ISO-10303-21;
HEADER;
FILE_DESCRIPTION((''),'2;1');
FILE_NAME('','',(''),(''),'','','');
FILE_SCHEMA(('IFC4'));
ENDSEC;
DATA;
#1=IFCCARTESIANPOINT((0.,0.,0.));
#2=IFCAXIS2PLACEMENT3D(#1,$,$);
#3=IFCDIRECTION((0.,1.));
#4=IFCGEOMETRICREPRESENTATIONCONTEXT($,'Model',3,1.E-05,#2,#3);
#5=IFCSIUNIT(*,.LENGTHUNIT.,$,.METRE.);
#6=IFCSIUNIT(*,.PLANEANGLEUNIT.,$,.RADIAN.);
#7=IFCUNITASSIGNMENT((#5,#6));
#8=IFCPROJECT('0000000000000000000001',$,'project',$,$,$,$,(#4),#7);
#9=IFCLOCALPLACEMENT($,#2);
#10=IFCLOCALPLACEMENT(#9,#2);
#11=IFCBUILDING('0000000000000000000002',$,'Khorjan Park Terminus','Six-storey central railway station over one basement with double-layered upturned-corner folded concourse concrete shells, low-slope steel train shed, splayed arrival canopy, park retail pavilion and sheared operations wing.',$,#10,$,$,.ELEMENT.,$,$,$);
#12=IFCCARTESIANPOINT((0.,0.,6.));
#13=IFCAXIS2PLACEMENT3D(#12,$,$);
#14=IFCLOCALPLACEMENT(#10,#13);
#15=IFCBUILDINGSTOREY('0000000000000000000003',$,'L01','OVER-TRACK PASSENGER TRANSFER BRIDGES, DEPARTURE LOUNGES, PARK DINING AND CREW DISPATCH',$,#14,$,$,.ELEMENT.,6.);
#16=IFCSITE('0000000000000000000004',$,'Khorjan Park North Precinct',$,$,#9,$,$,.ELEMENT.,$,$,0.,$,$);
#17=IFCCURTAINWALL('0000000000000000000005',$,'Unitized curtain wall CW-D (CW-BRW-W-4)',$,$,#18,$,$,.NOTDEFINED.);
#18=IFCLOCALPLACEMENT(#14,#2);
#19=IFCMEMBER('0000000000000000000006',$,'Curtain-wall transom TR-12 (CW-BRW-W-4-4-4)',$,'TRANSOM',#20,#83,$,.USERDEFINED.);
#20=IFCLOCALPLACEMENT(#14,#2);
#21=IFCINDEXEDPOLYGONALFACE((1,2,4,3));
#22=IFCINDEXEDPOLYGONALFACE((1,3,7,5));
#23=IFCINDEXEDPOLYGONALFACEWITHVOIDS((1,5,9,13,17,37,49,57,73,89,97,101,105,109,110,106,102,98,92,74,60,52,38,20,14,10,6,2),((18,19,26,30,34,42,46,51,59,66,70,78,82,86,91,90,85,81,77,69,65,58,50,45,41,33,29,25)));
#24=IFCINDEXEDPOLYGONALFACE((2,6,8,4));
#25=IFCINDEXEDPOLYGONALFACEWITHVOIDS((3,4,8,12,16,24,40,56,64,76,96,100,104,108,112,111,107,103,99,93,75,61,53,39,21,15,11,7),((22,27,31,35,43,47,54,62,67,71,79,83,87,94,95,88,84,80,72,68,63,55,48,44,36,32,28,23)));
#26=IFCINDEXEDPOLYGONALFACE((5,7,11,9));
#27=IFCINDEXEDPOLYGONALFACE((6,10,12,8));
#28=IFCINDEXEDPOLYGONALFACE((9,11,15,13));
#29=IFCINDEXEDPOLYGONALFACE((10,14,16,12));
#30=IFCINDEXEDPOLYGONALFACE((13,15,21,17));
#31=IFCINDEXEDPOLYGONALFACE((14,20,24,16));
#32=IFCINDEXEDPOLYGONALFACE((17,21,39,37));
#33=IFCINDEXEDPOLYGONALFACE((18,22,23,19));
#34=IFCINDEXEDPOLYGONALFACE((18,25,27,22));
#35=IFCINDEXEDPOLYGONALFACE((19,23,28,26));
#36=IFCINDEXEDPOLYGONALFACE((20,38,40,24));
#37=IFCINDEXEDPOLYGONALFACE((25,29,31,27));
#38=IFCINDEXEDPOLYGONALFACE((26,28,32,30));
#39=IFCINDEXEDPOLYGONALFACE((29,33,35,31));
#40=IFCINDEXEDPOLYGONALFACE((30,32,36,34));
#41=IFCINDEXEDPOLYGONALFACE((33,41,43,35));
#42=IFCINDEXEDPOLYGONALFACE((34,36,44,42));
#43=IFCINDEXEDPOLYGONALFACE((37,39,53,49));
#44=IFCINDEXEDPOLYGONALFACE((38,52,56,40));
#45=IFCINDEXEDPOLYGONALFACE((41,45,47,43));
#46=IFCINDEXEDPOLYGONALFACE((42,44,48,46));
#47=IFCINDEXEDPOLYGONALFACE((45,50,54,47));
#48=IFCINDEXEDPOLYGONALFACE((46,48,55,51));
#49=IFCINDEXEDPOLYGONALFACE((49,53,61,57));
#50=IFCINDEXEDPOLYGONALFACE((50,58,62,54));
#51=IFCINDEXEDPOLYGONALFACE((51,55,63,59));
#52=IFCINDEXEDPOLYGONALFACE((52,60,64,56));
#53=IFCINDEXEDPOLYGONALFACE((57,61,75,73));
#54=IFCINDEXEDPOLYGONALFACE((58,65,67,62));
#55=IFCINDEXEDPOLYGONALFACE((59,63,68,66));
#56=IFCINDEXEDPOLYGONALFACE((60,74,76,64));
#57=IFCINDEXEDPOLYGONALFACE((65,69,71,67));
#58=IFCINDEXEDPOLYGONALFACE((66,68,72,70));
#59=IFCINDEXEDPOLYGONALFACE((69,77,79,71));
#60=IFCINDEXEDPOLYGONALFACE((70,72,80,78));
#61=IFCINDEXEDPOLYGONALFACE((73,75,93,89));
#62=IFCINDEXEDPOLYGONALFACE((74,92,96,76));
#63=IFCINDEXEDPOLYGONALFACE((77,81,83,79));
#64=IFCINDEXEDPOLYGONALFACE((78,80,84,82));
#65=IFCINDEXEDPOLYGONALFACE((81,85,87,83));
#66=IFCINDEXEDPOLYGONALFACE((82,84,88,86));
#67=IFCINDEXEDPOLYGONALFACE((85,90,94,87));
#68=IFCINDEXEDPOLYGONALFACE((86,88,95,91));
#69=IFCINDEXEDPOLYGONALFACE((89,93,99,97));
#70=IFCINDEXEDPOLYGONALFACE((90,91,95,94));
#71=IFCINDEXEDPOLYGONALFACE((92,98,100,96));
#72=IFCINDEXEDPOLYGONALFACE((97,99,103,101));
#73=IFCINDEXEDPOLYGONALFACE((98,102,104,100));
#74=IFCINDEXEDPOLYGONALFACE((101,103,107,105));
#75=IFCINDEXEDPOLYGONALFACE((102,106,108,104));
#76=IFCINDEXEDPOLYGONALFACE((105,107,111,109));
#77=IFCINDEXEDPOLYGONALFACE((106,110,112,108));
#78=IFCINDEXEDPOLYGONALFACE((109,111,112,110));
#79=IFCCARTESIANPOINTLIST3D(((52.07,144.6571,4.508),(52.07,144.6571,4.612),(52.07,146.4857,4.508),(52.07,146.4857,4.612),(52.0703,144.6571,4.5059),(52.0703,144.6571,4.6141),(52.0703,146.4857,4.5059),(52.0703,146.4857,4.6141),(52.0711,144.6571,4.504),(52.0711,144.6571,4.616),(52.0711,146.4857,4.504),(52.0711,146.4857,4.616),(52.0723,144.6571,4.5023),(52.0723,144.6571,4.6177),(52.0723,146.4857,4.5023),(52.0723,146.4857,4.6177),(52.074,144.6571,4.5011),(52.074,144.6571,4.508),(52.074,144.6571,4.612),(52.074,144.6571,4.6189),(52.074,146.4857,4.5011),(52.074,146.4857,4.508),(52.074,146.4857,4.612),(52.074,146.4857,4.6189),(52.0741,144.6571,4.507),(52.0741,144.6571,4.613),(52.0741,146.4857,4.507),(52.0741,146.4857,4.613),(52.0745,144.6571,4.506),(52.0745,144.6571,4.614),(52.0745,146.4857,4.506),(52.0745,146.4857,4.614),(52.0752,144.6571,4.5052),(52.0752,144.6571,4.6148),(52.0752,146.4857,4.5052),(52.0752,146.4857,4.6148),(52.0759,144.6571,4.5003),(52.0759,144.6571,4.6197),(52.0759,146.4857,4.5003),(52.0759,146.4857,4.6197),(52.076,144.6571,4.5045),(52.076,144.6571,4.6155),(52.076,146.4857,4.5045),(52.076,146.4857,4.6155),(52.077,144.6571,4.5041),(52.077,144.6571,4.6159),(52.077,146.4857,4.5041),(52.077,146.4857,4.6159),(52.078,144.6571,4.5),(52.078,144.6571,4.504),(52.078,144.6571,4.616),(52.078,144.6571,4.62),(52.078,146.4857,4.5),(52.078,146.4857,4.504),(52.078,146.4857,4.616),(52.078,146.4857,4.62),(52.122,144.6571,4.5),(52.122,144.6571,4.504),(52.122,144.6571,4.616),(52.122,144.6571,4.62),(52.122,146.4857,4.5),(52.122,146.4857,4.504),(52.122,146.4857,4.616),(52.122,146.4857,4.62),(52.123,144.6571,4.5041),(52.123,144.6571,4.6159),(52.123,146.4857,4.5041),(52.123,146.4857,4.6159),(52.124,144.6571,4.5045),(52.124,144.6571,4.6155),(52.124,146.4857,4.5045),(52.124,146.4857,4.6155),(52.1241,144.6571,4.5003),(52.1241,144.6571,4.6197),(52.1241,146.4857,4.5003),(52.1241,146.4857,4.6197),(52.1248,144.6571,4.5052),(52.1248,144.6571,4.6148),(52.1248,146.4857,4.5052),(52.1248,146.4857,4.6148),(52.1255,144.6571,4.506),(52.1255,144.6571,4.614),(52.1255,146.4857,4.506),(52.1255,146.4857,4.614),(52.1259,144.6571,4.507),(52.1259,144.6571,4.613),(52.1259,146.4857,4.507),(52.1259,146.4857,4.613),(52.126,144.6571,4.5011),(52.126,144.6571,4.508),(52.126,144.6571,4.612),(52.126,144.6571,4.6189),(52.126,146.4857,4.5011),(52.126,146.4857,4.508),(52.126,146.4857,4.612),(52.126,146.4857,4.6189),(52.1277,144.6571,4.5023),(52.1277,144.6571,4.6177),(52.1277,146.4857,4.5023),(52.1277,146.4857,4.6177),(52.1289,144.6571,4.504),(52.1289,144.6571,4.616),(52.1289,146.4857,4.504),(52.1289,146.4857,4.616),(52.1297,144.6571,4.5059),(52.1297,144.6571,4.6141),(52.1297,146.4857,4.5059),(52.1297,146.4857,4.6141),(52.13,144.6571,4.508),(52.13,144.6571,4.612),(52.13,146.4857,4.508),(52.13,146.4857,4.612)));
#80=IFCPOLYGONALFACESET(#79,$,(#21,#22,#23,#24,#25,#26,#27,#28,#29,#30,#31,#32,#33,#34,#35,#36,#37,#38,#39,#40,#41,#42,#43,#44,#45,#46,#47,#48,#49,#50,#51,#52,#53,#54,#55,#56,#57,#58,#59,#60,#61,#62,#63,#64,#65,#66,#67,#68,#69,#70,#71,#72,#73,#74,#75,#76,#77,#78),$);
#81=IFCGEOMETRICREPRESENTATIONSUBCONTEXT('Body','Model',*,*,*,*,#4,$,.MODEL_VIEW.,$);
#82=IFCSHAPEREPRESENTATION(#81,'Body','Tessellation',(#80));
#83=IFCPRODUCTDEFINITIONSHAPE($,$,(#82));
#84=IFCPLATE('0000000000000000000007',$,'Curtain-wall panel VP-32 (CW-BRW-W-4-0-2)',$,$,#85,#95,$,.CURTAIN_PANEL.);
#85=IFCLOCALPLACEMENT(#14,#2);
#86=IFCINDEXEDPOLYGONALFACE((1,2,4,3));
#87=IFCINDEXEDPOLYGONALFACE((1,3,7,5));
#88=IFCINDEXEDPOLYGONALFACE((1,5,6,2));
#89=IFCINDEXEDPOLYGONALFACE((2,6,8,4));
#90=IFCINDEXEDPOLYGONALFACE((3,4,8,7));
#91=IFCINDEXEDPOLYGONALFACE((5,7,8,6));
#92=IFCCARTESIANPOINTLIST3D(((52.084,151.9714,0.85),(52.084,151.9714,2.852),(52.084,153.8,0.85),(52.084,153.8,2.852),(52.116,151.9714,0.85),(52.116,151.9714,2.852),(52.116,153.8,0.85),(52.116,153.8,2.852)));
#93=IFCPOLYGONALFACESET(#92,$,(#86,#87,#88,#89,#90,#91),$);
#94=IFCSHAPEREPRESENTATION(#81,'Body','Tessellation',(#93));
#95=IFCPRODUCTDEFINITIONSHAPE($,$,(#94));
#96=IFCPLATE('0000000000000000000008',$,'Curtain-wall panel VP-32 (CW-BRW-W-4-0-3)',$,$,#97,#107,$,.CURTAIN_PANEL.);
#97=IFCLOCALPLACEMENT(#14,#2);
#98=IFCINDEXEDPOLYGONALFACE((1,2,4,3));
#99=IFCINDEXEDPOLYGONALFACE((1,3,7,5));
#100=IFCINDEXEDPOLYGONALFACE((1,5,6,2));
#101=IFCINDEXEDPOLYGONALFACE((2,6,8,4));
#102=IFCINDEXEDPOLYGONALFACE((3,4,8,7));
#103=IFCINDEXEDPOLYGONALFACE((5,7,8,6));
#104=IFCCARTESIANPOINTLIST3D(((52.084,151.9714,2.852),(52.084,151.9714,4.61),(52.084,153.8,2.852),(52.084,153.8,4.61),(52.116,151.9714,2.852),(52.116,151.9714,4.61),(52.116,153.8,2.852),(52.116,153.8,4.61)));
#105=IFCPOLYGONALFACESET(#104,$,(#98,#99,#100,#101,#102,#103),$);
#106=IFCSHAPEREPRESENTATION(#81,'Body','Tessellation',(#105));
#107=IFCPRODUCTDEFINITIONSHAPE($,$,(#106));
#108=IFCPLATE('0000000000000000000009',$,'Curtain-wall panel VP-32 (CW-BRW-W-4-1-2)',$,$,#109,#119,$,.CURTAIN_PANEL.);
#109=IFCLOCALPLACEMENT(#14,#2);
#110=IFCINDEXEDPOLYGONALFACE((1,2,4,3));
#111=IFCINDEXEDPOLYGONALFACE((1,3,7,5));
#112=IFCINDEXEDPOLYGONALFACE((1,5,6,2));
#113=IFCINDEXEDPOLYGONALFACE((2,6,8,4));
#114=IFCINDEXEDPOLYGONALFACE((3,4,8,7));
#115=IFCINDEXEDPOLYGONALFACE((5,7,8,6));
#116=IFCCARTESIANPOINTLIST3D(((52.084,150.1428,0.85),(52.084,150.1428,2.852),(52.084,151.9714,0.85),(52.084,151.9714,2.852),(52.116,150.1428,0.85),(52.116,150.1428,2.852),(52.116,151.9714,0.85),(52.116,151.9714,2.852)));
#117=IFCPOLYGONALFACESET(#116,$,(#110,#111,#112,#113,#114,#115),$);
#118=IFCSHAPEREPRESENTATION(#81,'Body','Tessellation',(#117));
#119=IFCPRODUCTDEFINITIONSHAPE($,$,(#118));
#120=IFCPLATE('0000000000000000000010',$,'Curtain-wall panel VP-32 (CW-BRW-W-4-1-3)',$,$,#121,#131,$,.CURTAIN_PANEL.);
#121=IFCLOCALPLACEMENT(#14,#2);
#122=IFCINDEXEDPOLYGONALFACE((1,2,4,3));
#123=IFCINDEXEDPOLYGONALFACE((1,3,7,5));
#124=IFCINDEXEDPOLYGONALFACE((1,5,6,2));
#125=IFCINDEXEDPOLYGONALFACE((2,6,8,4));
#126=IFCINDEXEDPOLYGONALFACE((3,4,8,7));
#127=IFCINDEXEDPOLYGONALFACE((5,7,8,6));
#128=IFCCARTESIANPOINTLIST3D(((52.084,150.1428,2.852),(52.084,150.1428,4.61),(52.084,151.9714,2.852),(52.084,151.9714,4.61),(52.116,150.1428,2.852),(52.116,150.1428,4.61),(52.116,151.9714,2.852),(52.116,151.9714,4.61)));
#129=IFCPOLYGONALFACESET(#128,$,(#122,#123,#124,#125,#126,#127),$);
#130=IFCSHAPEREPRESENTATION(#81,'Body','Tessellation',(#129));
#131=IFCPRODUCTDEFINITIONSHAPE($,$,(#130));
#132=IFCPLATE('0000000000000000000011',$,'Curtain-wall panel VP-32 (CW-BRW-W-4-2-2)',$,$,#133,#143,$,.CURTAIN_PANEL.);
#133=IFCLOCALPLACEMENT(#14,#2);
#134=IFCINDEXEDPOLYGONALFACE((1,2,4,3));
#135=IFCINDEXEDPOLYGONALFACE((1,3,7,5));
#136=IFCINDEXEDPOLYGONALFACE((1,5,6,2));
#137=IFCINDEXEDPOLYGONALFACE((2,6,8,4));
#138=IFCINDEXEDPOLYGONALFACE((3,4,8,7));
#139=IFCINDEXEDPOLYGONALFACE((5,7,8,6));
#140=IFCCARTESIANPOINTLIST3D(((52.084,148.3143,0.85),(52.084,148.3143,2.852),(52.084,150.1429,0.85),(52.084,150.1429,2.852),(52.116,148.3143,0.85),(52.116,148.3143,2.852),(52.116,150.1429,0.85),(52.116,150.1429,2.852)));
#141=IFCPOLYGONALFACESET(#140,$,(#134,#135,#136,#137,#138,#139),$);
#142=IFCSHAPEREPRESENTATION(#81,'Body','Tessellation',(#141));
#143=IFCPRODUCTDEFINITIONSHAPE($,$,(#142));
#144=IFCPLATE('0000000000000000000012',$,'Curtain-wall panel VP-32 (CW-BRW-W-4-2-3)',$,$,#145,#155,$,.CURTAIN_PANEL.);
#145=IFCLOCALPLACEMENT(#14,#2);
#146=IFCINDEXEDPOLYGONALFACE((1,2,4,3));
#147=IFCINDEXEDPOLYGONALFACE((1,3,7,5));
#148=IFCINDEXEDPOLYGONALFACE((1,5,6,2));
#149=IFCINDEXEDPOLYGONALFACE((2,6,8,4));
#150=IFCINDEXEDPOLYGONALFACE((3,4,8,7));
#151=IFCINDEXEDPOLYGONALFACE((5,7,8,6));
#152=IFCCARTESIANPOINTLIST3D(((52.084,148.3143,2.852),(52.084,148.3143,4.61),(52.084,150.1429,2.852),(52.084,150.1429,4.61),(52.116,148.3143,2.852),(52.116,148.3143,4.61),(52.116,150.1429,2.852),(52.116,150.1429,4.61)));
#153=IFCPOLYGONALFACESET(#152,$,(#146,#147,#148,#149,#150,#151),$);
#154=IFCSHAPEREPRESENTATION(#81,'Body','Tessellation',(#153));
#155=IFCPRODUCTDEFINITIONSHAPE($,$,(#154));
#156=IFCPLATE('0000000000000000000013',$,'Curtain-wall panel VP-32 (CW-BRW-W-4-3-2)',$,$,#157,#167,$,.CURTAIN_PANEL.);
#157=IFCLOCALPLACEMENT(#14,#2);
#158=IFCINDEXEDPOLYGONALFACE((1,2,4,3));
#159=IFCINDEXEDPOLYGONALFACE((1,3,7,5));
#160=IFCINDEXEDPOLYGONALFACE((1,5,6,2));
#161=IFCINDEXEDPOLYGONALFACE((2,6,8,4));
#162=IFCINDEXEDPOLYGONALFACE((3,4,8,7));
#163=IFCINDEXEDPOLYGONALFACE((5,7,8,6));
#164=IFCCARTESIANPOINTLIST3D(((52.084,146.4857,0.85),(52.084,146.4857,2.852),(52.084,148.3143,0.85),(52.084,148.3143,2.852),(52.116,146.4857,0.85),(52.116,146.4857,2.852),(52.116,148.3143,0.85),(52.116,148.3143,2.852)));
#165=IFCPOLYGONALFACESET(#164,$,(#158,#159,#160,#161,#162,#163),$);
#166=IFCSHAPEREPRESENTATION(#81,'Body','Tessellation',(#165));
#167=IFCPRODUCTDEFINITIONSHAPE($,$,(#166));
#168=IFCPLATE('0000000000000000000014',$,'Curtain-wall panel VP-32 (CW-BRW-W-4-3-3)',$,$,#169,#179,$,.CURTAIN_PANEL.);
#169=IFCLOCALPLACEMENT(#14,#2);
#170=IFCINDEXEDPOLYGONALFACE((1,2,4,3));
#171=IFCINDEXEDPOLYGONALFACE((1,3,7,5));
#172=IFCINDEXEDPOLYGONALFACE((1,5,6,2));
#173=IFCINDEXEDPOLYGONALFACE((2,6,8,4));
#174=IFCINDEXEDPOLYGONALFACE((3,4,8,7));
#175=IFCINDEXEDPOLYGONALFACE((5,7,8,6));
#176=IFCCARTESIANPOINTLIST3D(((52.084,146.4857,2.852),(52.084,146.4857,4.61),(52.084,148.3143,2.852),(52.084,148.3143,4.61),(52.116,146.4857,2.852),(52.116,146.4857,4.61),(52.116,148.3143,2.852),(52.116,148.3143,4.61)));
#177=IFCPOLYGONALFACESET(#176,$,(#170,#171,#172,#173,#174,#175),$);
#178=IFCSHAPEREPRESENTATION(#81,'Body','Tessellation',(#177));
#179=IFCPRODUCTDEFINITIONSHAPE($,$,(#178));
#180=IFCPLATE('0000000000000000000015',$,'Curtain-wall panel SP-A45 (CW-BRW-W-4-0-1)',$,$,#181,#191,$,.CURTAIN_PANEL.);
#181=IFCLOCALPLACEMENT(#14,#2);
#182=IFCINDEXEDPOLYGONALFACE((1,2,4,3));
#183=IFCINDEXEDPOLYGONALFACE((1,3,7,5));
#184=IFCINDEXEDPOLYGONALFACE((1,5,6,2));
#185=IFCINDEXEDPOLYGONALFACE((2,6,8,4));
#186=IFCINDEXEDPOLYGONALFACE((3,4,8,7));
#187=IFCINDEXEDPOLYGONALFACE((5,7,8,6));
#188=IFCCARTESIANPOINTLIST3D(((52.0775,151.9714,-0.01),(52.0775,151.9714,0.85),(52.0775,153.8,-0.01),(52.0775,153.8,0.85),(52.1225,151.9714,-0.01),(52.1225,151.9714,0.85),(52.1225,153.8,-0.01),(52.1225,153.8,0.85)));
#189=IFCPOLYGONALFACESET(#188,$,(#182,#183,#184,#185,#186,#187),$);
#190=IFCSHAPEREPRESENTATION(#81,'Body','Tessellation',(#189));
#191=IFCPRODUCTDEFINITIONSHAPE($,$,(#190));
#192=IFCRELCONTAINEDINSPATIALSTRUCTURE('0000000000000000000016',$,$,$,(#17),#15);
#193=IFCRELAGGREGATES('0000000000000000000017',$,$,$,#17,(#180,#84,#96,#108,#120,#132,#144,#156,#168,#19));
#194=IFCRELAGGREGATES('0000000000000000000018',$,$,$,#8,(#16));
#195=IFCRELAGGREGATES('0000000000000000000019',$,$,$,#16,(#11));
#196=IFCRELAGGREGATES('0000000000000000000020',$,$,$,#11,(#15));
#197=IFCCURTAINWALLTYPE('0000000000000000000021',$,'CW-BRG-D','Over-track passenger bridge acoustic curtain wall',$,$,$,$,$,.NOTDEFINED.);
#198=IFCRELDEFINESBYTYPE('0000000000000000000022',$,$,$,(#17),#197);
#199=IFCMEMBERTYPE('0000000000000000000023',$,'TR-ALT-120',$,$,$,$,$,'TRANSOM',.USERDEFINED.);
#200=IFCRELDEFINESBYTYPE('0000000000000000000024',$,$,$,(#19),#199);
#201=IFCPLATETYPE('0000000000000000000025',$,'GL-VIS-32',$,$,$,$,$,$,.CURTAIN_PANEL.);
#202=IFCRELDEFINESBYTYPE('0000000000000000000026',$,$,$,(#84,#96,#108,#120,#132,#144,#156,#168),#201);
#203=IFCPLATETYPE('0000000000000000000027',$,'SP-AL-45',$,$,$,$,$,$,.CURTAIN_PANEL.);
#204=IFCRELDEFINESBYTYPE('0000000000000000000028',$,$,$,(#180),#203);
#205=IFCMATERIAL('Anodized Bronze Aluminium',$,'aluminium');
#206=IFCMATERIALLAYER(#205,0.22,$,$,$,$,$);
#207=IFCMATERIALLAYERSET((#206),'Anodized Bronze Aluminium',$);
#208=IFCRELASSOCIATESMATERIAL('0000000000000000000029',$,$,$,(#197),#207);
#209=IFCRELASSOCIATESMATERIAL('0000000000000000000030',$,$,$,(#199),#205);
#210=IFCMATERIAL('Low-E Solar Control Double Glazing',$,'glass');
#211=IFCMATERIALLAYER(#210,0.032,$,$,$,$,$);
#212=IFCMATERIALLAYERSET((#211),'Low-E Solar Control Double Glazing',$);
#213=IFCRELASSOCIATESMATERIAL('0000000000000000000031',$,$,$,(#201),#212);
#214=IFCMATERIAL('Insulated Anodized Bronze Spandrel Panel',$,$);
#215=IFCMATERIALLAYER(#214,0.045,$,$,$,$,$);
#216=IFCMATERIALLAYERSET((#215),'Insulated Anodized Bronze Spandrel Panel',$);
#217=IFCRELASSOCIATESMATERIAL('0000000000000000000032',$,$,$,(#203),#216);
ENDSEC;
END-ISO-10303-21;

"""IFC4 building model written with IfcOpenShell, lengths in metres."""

from ifc_helpers import new_model, si_unit, direction, frame, origin, origin_2d, place, context, subcontext, project, spatial, rectangle, hollow_rectangle, extrude, material, layer, layer_set, material_profile, profile_set, type_object, element, aggregate, save


model = new_model("IFC4")

# Units and contexts
model_context = context("Model", 3, precision=1e-05, world=origin(), true_north=direction((0.0, 1.0)))
body_context = subcontext(model_context, "Body", "Model", "MODEL_VIEW")
ifc_project = project(units=[si_unit("LENGTHUNIT", "METRE"), si_unit("PLANEANGLEUNIT", "RADIAN")], contexts=[model_context])

# Site, building, storey
site_placement = place(None, origin())
site = spatial("IfcSite", under=ifc_project, at=site_placement, Name="Khorjan Park North Precinct", CompositionType="ELEMENT", RefElevation=0.0)
building_placement = place(site_placement, origin())
building = spatial("IfcBuilding", under=site, at=building_placement, Name="Khorjan Park Terminus", Description="Six-storey central railway station over one basement with double-layered upturned-corner folded concourse concrete shells, low-slope steel train shed, splayed arrival canopy, park retail pavilion and sheared operations wing.", CompositionType="ELEMENT")
storey_placement = place(building_placement, frame((0.0, 0.0, 6.0)))
storey = spatial("IfcBuildingStorey", under=building, at=storey_placement, Name="L01", Description="OVER-TRACK PASSENGER TRANSFER BRIDGES, DEPARTURE LOUNGES, PARK DINING AND CREW DISPATCH", CompositionType="ELEMENT", Elevation=6.0)

# Curtain wall, member, plates
ifc_material_1 = material(Name="Anodized Bronze Aluminium", Category="aluminium")
ifc_layer_1 = layer(ifc_material_1, 0.22)
ifc_layer_set_1 = layer_set([ifc_layer_1], Name="Anodized Bronze Aluminium")
curtain_wall_type = type_object("IfcCurtainWallType", Name="CW-BRG-D", Description="Over-track passenger bridge acoustic curtain wall", PredefinedType="NOTDEFINED", material=ifc_layer_set_1)
curtain_wall_placement = place(storey_placement, origin())
curtain_wall = element("IfcCurtainWall", 1, at=curtain_wall_placement, inside=storey, type_object=curtain_wall_type, Name="Unitized curtain wall CW-D (CW-BRW-W-4)", PredefinedType="NOTDEFINED")
ifc_material_profile_1 = material_profile(ifc_material_1, hollow_rectangle(XDim=0.06, YDim=0.12, WallThickness=0.004, InnerFilletRadius=0.004, OuterFilletRadius=0.008, at=origin_2d()), Name="ALT 60x120x4")
ifc_profile_set_1 = profile_set([ifc_material_profile_1], Name="Anodized Bronze Aluminium")
member_type_1 = type_object("IfcMemberType", Name="TR-ALT-120", ElementType="TRANSOM", PredefinedType="USERDEFINED", material=ifc_profile_set_1)
member_1_placement = place(storey_placement, frame((52.1, 146.4857, 4.56), z_axis=(0.0, -1.0, 0.0), x_axis=(1.0, 0.0, 0.0)))
member_1 = element("IfcMember", 2, at=member_1_placement, type_object=member_type_1, Name="Curtain-wall transom TR-12 (CW-BRW-W-4-4-4)", ObjectType="TRANSOM", PredefinedType="USERDEFINED", context=body_context, shape_type="SweptSolid", body=[
    extrude(hollow_rectangle(XDim=0.06, YDim=0.12, WallThickness=0.004, InnerFilletRadius=0.004, OuterFilletRadius=0.008, at=origin_2d()), origin(), (0.0, 0.0, 1.0), 1.8286),
])
ifc_material_2 = material(Name="Low-E Solar Control Double Glazing", Category="glass")
ifc_layer_2 = layer(ifc_material_2, 0.032)
ifc_layer_set_2 = layer_set([ifc_layer_2], Name="Low-E Solar Control Double Glazing")
plate_type_1 = type_object("IfcPlateType", Name="GL-VIS-32", PredefinedType="CURTAIN_PANEL", material=ifc_layer_set_2)
plate_1_placement = place(storey_placement, frame((52.1, 152.8857, 0.85), z_axis=(0.0, 0.0, 1.0), x_axis=(0.0, -1.0, 0.0)))
plate_1 = element("IfcPlate", 3, at=plate_1_placement, type_object=plate_type_1, Name="Curtain-wall panel VP-32 (CW-BRW-W-4-0-2)", PredefinedType="CURTAIN_PANEL", context=body_context, shape_type="SweptSolid", body=[
    extrude(rectangle(XDim=1.8286, YDim=0.032, at=origin_2d()), origin(), (0.0, 0.0, 1.0), 2.002),
])
plate_2_placement = place(storey_placement, frame((52.1, 152.8857, 2.852), z_axis=(0.0, 0.0, 1.0), x_axis=(0.0, -1.0, 0.0)))
plate_2 = element("IfcPlate", 4, at=plate_2_placement, type_object=plate_type_1, Name="Curtain-wall panel VP-32 (CW-BRW-W-4-0-3)", PredefinedType="CURTAIN_PANEL", context=body_context, shape_type="SweptSolid", body=[
    extrude(rectangle(XDim=1.8286, YDim=0.032, at=origin_2d()), origin(), (0.0, 0.0, 1.0), 1.758),
])
plate_3_placement = place(storey_placement, frame((52.1, 151.0571, 0.85), z_axis=(0.0, 0.0, 1.0), x_axis=(0.0, -1.0, 0.0)))
plate_3 = element("IfcPlate", 5, at=plate_3_placement, type_object=plate_type_1, Name="Curtain-wall panel VP-32 (CW-BRW-W-4-1-2)", PredefinedType="CURTAIN_PANEL", context=body_context, shape_type="SweptSolid", body=[
    extrude(rectangle(XDim=1.8286, YDim=0.032, at=origin_2d()), origin(), (0.0, 0.0, 1.0), 2.002),
])
plate_4_placement = place(storey_placement, frame((52.1, 151.0571, 2.852), z_axis=(0.0, 0.0, 1.0), x_axis=(0.0, -1.0, 0.0)))
plate_4 = element("IfcPlate", 6, at=plate_4_placement, type_object=plate_type_1, Name="Curtain-wall panel VP-32 (CW-BRW-W-4-1-3)", PredefinedType="CURTAIN_PANEL", context=body_context, shape_type="SweptSolid", body=[
    extrude(rectangle(XDim=1.8286, YDim=0.032, at=origin_2d()), origin(), (0.0, 0.0, 1.0), 1.758),
])
plate_5_placement = place(storey_placement, frame((52.1, 149.2286, 0.85), z_axis=(0.0, 0.0, 1.0), x_axis=(0.0, -1.0, 0.0)))
plate_5 = element("IfcPlate", 7, at=plate_5_placement, type_object=plate_type_1, Name="Curtain-wall panel VP-32 (CW-BRW-W-4-2-2)", PredefinedType="CURTAIN_PANEL", context=body_context, shape_type="SweptSolid", body=[
    extrude(rectangle(XDim=1.8286, YDim=0.032, at=origin_2d()), origin(), (0.0, 0.0, 1.0), 2.002),
])
plate_6_placement = place(storey_placement, frame((52.1, 149.2286, 2.852), z_axis=(0.0, 0.0, 1.0), x_axis=(0.0, -1.0, 0.0)))
plate_6 = element("IfcPlate", 8, at=plate_6_placement, type_object=plate_type_1, Name="Curtain-wall panel VP-32 (CW-BRW-W-4-2-3)", PredefinedType="CURTAIN_PANEL", context=body_context, shape_type="SweptSolid", body=[
    extrude(rectangle(XDim=1.8286, YDim=0.032, at=origin_2d()), origin(), (0.0, 0.0, 1.0), 1.758),
])
plate_7_placement = place(storey_placement, frame((52.1, 147.4, 0.85), z_axis=(0.0, 0.0, 1.0), x_axis=(0.0, -1.0, 0.0)))
plate_7 = element("IfcPlate", 9, at=plate_7_placement, type_object=plate_type_1, Name="Curtain-wall panel VP-32 (CW-BRW-W-4-3-2)", PredefinedType="CURTAIN_PANEL", context=body_context, shape_type="SweptSolid", body=[
    extrude(rectangle(XDim=1.8286, YDim=0.032, at=origin_2d()), origin(), (0.0, 0.0, 1.0), 2.002),
])
plate_8_placement = place(storey_placement, frame((52.1, 147.4, 2.852), z_axis=(0.0, 0.0, 1.0), x_axis=(0.0, -1.0, 0.0)))
plate_8 = element("IfcPlate", 10, at=plate_8_placement, type_object=plate_type_1, Name="Curtain-wall panel VP-32 (CW-BRW-W-4-3-3)", PredefinedType="CURTAIN_PANEL", context=body_context, shape_type="SweptSolid", body=[
    extrude(rectangle(XDim=1.8286, YDim=0.032, at=origin_2d()), origin(), (0.0, 0.0, 1.0), 1.758),
])
ifc_material_3 = material(Name="Insulated Anodized Bronze Spandrel Panel")
ifc_layer_3 = layer(ifc_material_3, 0.045)
ifc_layer_set_3 = layer_set([ifc_layer_3], Name="Insulated Anodized Bronze Spandrel Panel")
plate_type_2 = type_object("IfcPlateType", Name="SP-AL-45", PredefinedType="CURTAIN_PANEL", material=ifc_layer_set_3)
plate_9_placement = place(storey_placement, frame((52.1, 152.8857, -0.01), z_axis=(0.0, 0.0, 1.0), x_axis=(0.0, -1.0, 0.0)))
plate_9 = element("IfcPlate", 11, at=plate_9_placement, type_object=plate_type_2, Name="Curtain-wall panel SP-A45 (CW-BRW-W-4-0-1)", PredefinedType="CURTAIN_PANEL", context=body_context, shape_type="SweptSolid", body=[
    extrude(rectangle(XDim=1.8286, YDim=0.045, at=origin_2d()), origin(), (0.0, 0.0, 1.0), 0.86),
])
aggregate(curtain_wall, [plate_9, plate_1, plate_2, plate_3, plate_4, plate_5, plate_6, plate_7, plate_8, member_1])

save(model, "model.ifc")
